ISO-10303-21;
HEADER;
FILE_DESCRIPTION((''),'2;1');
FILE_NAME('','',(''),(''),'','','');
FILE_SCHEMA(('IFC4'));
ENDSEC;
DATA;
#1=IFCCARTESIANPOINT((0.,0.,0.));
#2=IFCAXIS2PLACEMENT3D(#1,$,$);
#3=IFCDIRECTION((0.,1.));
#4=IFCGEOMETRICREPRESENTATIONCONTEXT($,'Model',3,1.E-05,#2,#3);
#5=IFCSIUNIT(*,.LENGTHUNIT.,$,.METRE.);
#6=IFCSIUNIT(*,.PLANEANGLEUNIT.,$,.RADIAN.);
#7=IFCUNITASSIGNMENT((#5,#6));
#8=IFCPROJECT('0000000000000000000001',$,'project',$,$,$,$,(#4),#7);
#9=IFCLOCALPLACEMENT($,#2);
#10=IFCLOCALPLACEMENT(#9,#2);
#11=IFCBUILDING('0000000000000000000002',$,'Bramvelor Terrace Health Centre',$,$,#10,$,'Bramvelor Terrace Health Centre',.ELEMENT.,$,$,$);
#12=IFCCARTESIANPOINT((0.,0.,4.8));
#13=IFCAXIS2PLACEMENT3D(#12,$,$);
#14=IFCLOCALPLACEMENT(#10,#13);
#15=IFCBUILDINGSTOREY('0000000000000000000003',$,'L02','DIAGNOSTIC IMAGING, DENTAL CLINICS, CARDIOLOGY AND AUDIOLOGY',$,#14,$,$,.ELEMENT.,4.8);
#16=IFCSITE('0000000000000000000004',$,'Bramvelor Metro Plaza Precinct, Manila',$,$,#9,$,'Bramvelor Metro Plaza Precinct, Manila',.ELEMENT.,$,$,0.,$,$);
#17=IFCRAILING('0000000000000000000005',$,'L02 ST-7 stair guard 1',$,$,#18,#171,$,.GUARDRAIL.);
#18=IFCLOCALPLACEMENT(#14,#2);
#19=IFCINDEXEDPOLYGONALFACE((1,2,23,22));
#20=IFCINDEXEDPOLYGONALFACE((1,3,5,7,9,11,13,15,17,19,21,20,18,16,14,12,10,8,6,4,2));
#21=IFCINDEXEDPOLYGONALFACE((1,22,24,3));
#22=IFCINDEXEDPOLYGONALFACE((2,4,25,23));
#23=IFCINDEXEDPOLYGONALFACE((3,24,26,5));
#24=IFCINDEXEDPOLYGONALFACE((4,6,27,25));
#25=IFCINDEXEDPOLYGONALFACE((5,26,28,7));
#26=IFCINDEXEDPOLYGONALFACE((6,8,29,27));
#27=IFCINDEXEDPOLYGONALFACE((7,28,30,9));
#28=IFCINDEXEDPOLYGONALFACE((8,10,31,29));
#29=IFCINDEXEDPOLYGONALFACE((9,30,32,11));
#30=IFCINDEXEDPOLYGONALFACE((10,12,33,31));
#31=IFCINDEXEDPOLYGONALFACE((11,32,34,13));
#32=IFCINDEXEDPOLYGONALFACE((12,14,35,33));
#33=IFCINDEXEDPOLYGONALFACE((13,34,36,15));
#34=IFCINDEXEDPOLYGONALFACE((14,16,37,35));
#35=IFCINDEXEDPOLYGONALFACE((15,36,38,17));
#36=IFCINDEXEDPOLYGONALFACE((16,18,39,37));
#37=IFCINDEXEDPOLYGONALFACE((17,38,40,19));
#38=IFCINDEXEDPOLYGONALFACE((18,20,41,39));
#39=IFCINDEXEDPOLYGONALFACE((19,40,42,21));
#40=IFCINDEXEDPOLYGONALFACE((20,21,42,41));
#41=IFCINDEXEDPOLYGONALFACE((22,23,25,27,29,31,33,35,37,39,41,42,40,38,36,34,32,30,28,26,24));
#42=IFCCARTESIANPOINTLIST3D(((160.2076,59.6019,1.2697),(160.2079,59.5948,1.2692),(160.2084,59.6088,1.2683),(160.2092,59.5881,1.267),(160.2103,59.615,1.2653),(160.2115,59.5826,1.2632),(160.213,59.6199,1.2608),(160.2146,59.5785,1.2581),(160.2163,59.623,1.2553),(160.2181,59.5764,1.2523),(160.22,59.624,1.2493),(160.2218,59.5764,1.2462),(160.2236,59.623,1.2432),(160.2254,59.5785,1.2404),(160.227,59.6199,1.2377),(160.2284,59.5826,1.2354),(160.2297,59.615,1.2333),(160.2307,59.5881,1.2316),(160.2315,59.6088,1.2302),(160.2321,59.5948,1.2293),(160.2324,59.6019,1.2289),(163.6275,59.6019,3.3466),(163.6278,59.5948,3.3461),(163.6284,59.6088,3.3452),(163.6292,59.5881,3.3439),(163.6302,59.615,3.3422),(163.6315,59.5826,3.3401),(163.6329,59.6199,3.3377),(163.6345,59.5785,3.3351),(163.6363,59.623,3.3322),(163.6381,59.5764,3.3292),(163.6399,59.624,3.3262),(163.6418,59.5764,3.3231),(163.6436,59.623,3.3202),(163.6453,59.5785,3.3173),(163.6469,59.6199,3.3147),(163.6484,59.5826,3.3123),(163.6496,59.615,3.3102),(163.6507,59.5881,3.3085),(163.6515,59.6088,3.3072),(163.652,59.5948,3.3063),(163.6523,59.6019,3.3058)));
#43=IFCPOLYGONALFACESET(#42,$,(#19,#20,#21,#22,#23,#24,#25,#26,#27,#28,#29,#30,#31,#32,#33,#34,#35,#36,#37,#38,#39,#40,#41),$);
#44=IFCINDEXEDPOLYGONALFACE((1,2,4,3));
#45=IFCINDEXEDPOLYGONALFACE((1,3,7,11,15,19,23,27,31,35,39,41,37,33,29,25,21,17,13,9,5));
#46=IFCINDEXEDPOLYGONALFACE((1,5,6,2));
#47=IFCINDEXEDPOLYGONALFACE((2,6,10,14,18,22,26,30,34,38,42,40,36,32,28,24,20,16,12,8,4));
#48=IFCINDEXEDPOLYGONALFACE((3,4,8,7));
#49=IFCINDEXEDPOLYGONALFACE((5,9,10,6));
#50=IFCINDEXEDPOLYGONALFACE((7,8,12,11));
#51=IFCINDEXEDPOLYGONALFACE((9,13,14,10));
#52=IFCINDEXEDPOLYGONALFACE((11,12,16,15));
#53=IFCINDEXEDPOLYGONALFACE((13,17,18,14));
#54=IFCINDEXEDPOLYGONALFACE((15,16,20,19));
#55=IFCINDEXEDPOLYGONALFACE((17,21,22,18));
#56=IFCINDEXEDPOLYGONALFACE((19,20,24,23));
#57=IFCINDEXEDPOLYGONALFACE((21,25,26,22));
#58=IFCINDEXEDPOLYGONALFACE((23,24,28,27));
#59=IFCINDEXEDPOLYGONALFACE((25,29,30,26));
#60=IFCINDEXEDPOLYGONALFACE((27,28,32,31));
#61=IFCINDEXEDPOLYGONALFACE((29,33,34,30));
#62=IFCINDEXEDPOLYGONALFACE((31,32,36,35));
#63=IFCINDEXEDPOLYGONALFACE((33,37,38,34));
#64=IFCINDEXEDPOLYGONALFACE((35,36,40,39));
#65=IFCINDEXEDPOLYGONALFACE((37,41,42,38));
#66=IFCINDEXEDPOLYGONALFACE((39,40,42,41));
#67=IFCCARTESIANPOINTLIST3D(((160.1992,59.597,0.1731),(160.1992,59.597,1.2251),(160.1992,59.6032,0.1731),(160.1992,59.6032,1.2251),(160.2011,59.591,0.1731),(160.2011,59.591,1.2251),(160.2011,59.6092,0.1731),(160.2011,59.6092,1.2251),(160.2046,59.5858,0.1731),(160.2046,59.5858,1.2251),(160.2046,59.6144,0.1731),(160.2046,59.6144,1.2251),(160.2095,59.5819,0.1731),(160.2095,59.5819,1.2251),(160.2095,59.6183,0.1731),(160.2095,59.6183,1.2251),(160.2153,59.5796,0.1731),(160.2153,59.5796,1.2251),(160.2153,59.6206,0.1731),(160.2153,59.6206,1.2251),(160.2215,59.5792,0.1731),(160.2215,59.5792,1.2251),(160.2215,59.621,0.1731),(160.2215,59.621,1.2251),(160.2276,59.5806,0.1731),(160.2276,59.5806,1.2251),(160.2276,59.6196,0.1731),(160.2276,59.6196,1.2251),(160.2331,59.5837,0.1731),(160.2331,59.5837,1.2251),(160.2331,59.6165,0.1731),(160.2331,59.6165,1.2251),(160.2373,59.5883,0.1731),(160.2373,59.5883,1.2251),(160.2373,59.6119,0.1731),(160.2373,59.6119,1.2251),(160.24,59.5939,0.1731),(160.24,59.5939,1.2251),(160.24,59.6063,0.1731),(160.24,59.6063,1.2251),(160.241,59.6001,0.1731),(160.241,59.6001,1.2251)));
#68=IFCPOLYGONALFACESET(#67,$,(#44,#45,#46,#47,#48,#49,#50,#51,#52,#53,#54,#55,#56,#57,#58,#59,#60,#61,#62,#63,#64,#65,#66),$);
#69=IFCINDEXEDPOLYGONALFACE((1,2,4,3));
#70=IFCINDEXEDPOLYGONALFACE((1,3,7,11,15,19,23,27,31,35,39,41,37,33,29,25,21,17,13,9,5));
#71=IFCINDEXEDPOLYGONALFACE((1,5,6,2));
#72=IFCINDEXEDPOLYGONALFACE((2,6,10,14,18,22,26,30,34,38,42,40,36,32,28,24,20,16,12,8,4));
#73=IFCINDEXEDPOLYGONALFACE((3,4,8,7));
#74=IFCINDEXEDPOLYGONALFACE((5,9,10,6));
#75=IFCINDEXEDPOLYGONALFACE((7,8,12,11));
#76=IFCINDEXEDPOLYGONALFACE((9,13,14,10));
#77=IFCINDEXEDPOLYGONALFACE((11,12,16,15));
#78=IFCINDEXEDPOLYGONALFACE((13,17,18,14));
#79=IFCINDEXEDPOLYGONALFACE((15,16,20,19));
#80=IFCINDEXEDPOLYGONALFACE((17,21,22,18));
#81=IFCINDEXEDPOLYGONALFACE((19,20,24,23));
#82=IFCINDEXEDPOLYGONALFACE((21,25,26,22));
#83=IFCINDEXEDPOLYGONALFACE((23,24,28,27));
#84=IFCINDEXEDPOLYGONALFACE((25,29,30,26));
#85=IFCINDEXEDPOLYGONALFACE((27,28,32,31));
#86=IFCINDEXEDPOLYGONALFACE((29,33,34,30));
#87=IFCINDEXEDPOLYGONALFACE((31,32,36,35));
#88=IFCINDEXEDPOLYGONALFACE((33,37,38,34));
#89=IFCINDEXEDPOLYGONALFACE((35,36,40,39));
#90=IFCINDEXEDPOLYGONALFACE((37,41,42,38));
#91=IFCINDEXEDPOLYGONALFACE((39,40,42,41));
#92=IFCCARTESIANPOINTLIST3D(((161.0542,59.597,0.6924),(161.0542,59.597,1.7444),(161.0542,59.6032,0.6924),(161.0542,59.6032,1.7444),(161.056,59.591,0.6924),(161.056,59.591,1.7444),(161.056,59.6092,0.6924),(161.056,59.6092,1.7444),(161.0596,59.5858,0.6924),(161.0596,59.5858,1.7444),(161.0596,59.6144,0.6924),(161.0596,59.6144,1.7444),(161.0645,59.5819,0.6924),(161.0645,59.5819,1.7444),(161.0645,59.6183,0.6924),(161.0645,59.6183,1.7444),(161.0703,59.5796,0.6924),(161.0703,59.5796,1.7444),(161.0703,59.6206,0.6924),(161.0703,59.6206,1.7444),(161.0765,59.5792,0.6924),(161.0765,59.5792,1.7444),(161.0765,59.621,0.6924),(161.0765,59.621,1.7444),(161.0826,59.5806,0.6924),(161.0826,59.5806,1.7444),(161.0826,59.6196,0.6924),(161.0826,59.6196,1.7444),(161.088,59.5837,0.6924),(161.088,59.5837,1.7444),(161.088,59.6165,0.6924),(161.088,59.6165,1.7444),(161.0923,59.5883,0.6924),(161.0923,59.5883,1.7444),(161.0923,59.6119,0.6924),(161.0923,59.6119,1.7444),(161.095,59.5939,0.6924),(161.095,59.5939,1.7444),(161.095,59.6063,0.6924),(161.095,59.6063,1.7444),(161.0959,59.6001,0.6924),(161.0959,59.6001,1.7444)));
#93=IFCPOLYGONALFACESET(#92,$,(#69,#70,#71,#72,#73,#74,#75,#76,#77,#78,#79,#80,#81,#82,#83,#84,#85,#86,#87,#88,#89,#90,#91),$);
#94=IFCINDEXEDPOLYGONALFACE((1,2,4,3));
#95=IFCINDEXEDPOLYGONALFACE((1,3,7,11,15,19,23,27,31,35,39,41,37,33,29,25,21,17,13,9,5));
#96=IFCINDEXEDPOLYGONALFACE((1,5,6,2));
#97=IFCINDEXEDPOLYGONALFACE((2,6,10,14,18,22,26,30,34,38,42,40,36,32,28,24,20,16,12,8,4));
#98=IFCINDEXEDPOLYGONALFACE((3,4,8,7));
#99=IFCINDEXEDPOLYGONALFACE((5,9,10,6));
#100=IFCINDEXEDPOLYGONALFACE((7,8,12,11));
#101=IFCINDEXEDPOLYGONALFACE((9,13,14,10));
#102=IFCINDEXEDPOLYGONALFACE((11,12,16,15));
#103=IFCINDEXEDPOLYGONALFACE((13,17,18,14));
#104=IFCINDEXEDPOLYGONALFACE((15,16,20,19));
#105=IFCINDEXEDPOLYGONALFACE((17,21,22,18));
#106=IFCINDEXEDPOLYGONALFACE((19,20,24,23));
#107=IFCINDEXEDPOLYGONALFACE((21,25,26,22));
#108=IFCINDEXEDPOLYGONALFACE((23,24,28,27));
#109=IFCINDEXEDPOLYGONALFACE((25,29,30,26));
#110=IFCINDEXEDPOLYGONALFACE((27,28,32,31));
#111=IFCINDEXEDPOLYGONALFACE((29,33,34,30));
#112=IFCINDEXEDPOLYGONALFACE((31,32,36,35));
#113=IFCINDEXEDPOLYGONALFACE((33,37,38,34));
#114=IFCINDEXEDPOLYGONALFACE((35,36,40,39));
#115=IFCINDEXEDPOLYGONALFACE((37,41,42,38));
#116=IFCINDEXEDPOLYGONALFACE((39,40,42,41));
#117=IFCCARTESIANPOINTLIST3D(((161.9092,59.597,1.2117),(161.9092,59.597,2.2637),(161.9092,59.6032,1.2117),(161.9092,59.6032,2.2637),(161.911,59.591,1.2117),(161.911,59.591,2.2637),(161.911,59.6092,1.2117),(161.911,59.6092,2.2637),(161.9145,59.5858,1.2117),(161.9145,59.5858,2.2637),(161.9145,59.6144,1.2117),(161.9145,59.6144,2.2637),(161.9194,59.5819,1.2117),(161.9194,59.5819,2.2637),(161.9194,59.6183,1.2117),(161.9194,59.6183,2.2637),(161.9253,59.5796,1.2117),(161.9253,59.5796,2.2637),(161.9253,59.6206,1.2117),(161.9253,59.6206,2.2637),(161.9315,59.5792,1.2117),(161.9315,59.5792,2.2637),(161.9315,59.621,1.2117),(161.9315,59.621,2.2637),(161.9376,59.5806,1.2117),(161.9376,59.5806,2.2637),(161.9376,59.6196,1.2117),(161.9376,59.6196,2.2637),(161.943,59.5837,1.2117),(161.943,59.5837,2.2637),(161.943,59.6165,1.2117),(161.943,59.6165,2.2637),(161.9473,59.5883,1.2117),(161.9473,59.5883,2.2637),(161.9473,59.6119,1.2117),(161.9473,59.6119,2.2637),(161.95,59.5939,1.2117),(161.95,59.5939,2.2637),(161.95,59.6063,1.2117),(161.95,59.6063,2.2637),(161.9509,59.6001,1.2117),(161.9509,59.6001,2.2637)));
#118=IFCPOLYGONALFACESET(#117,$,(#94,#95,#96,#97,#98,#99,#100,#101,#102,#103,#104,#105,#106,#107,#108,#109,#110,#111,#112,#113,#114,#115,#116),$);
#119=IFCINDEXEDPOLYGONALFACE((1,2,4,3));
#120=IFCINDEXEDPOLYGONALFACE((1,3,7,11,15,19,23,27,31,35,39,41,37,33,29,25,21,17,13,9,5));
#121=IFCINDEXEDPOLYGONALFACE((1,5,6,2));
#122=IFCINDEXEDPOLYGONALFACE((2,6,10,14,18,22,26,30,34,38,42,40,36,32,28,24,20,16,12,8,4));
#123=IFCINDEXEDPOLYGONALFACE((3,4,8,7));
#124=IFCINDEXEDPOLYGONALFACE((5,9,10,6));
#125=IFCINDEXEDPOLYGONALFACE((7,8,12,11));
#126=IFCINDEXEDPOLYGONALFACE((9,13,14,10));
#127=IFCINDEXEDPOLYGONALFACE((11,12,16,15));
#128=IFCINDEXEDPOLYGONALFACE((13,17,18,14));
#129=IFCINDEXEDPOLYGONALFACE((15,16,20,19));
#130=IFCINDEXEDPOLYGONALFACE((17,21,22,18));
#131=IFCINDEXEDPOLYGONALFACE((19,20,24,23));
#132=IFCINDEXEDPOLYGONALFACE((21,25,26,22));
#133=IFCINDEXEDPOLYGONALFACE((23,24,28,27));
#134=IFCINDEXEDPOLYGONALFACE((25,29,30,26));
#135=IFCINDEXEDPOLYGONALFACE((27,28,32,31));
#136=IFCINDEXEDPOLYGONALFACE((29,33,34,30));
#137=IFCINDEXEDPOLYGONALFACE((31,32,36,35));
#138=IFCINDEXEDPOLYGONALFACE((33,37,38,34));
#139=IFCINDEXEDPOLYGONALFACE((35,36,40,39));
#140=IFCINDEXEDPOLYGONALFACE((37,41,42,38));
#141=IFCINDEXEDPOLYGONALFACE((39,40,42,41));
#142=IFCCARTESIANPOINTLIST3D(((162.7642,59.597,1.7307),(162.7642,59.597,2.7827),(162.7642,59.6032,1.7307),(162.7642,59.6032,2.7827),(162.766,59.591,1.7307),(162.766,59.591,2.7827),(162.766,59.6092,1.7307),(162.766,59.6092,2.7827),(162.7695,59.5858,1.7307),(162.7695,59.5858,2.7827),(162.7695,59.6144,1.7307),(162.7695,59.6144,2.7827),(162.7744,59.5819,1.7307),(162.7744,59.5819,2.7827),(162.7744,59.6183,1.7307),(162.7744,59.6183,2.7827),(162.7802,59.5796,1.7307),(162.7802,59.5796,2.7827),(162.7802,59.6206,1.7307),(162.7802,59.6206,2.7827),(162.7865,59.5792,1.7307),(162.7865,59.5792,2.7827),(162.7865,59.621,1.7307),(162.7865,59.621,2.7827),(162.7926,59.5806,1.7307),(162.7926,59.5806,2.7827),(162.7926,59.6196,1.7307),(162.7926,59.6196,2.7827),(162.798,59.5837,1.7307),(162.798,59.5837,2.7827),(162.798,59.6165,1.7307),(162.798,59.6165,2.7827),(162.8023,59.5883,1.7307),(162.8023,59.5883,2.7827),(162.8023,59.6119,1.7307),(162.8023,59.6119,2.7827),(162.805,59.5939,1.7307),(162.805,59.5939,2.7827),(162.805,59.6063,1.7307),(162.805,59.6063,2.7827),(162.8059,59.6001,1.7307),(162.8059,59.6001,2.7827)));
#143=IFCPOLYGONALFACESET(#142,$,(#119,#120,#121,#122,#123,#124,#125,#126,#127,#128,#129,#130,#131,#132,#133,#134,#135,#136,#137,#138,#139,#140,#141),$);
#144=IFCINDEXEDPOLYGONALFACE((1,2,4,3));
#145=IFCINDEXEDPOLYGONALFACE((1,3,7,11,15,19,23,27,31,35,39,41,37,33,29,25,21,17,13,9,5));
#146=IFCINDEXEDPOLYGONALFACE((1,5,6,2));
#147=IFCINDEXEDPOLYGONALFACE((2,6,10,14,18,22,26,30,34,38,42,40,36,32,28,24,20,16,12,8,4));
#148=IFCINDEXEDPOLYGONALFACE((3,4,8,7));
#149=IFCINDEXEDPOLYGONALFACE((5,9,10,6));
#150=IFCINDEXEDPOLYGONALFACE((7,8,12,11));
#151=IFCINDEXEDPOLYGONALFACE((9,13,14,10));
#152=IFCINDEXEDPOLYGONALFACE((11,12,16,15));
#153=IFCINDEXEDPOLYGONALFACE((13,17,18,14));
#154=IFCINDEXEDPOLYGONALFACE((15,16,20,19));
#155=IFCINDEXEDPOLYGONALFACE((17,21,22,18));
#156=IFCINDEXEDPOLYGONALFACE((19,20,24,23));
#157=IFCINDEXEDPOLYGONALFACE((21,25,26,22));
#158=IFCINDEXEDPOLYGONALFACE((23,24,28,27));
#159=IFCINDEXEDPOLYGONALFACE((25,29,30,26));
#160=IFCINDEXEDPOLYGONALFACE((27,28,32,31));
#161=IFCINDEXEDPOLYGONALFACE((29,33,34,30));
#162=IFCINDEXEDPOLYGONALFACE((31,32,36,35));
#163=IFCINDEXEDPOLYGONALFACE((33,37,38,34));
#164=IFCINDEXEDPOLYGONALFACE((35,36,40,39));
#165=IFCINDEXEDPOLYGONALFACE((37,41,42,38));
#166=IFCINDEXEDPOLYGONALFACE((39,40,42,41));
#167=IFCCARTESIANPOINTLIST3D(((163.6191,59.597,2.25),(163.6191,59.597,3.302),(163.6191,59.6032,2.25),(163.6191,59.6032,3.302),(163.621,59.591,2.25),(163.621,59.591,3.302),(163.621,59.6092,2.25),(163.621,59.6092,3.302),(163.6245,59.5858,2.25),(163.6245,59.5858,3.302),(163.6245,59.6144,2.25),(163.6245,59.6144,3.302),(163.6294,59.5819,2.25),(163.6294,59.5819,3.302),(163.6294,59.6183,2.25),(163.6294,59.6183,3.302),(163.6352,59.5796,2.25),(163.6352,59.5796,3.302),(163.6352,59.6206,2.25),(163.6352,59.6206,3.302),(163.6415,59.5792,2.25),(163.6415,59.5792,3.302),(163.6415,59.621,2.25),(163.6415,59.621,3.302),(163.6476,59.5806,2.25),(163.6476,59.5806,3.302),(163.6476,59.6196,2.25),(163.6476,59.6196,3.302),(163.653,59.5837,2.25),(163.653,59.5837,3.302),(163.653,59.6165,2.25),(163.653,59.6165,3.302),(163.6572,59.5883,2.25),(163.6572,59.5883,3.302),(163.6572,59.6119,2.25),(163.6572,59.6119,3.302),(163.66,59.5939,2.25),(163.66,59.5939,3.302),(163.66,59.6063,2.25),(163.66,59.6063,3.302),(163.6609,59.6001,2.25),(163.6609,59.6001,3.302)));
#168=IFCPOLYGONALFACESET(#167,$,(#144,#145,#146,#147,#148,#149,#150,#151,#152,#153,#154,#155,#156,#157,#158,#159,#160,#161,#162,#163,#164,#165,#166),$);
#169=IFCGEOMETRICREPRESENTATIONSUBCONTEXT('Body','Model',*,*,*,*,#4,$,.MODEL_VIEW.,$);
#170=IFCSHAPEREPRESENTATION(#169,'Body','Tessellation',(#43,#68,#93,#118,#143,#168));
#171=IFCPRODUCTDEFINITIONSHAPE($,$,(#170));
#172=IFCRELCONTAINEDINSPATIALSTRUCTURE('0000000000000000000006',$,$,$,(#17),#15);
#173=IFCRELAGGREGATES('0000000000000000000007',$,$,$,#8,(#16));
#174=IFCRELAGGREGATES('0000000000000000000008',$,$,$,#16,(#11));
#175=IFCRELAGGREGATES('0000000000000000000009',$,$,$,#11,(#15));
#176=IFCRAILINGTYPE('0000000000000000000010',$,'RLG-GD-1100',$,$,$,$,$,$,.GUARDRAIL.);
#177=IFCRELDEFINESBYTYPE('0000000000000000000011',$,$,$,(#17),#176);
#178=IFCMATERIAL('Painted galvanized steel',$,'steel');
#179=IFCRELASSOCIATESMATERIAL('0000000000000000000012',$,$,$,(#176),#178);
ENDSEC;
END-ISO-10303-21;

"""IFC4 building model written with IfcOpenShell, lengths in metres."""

from ifc_helpers import new_model, si_unit, direction, frame, origin, origin_2d, place, context, subcontext, project, spatial, circle, extrude, material, type_object, element, save


model = new_model("IFC4")

# Units and contexts
model_context = context("Model", 3, precision=1e-05, world=origin(), true_north=direction((0.0, 1.0)))
body_context = subcontext(model_context, "Body", "Model", "MODEL_VIEW")
ifc_project = project(units=[si_unit("LENGTHUNIT", "METRE"), si_unit("PLANEANGLEUNIT", "RADIAN")], contexts=[model_context])

# Site, building, storey
site_placement = place(None, origin())
site = spatial("IfcSite", under=ifc_project, at=site_placement, Name="Bramvelor Metro Plaza Precinct, Manila", LongName="Bramvelor Metro Plaza Precinct, Manila", CompositionType="ELEMENT", RefElevation=0.0)
building_placement = place(site_placement, origin())
building = spatial("IfcBuilding", under=site, at=building_placement, Name="Bramvelor Terrace Health Centre", LongName="Bramvelor Terrace Health Centre", CompositionType="ELEMENT")
storey_placement = place(building_placement, frame((0.0, 0.0, 4.8)))
storey = spatial("IfcBuildingStorey", under=building, at=storey_placement, Name="L02", Description="DIAGNOSTIC IMAGING, DENTAL CLINICS, CARDIOLOGY AND AUDIOLOGY", CompositionType="ELEMENT", Elevation=4.8)

# Railing
ifc_material_1 = material(Name="Painted galvanized steel", Category="steel")
railing_type_1 = type_object("IfcRailingType", Name="RLG-GD-1100", PredefinedType="GUARDRAIL", material=ifc_material_1)
railing_1_placement = place(storey_placement, frame((160.22, 59.6001, 0.1731)))
element("IfcRailing", 1, at=railing_1_placement, inside=storey, type_object=railing_type_1, Name="L02 ST-7 stair guard 1", PredefinedType="GUARDRAIL", context=body_context, shape_type="SweptSolid", body=[
    extrude(circle(Radius=0.0239, at=origin_2d()), frame((0.0, 0.0, 1.0762), z_axis=(0.85473, 0.0, 0.519074), x_axis=(0.0, 1.0, 0.0)), (0.0, 0.0, 1.0), 4.0012),
    extrude(circle(Radius=0.021, at=origin_2d()), origin(), (0.0, 0.0, 1.0), 1.052),
    extrude(circle(Radius=0.021, at=origin_2d()), frame((0.855, 0.0, 0.5193)), (0.0, 0.0, 1.0), 1.052),
    extrude(circle(Radius=0.021, at=origin_2d()), frame((1.71, 0.0, 1.0386)), (0.0, 0.0, 1.0), 1.052),
    extrude(circle(Radius=0.021, at=origin_2d()), frame((2.5649, 0.0, 1.5576)), (0.0, 0.0, 1.0), 1.052),
    extrude(circle(Radius=0.021, at=origin_2d()), frame((3.4199, 0.0, 2.0769)), (0.0, 0.0, 1.0), 1.052),
])

save(model, "model.ifc")
